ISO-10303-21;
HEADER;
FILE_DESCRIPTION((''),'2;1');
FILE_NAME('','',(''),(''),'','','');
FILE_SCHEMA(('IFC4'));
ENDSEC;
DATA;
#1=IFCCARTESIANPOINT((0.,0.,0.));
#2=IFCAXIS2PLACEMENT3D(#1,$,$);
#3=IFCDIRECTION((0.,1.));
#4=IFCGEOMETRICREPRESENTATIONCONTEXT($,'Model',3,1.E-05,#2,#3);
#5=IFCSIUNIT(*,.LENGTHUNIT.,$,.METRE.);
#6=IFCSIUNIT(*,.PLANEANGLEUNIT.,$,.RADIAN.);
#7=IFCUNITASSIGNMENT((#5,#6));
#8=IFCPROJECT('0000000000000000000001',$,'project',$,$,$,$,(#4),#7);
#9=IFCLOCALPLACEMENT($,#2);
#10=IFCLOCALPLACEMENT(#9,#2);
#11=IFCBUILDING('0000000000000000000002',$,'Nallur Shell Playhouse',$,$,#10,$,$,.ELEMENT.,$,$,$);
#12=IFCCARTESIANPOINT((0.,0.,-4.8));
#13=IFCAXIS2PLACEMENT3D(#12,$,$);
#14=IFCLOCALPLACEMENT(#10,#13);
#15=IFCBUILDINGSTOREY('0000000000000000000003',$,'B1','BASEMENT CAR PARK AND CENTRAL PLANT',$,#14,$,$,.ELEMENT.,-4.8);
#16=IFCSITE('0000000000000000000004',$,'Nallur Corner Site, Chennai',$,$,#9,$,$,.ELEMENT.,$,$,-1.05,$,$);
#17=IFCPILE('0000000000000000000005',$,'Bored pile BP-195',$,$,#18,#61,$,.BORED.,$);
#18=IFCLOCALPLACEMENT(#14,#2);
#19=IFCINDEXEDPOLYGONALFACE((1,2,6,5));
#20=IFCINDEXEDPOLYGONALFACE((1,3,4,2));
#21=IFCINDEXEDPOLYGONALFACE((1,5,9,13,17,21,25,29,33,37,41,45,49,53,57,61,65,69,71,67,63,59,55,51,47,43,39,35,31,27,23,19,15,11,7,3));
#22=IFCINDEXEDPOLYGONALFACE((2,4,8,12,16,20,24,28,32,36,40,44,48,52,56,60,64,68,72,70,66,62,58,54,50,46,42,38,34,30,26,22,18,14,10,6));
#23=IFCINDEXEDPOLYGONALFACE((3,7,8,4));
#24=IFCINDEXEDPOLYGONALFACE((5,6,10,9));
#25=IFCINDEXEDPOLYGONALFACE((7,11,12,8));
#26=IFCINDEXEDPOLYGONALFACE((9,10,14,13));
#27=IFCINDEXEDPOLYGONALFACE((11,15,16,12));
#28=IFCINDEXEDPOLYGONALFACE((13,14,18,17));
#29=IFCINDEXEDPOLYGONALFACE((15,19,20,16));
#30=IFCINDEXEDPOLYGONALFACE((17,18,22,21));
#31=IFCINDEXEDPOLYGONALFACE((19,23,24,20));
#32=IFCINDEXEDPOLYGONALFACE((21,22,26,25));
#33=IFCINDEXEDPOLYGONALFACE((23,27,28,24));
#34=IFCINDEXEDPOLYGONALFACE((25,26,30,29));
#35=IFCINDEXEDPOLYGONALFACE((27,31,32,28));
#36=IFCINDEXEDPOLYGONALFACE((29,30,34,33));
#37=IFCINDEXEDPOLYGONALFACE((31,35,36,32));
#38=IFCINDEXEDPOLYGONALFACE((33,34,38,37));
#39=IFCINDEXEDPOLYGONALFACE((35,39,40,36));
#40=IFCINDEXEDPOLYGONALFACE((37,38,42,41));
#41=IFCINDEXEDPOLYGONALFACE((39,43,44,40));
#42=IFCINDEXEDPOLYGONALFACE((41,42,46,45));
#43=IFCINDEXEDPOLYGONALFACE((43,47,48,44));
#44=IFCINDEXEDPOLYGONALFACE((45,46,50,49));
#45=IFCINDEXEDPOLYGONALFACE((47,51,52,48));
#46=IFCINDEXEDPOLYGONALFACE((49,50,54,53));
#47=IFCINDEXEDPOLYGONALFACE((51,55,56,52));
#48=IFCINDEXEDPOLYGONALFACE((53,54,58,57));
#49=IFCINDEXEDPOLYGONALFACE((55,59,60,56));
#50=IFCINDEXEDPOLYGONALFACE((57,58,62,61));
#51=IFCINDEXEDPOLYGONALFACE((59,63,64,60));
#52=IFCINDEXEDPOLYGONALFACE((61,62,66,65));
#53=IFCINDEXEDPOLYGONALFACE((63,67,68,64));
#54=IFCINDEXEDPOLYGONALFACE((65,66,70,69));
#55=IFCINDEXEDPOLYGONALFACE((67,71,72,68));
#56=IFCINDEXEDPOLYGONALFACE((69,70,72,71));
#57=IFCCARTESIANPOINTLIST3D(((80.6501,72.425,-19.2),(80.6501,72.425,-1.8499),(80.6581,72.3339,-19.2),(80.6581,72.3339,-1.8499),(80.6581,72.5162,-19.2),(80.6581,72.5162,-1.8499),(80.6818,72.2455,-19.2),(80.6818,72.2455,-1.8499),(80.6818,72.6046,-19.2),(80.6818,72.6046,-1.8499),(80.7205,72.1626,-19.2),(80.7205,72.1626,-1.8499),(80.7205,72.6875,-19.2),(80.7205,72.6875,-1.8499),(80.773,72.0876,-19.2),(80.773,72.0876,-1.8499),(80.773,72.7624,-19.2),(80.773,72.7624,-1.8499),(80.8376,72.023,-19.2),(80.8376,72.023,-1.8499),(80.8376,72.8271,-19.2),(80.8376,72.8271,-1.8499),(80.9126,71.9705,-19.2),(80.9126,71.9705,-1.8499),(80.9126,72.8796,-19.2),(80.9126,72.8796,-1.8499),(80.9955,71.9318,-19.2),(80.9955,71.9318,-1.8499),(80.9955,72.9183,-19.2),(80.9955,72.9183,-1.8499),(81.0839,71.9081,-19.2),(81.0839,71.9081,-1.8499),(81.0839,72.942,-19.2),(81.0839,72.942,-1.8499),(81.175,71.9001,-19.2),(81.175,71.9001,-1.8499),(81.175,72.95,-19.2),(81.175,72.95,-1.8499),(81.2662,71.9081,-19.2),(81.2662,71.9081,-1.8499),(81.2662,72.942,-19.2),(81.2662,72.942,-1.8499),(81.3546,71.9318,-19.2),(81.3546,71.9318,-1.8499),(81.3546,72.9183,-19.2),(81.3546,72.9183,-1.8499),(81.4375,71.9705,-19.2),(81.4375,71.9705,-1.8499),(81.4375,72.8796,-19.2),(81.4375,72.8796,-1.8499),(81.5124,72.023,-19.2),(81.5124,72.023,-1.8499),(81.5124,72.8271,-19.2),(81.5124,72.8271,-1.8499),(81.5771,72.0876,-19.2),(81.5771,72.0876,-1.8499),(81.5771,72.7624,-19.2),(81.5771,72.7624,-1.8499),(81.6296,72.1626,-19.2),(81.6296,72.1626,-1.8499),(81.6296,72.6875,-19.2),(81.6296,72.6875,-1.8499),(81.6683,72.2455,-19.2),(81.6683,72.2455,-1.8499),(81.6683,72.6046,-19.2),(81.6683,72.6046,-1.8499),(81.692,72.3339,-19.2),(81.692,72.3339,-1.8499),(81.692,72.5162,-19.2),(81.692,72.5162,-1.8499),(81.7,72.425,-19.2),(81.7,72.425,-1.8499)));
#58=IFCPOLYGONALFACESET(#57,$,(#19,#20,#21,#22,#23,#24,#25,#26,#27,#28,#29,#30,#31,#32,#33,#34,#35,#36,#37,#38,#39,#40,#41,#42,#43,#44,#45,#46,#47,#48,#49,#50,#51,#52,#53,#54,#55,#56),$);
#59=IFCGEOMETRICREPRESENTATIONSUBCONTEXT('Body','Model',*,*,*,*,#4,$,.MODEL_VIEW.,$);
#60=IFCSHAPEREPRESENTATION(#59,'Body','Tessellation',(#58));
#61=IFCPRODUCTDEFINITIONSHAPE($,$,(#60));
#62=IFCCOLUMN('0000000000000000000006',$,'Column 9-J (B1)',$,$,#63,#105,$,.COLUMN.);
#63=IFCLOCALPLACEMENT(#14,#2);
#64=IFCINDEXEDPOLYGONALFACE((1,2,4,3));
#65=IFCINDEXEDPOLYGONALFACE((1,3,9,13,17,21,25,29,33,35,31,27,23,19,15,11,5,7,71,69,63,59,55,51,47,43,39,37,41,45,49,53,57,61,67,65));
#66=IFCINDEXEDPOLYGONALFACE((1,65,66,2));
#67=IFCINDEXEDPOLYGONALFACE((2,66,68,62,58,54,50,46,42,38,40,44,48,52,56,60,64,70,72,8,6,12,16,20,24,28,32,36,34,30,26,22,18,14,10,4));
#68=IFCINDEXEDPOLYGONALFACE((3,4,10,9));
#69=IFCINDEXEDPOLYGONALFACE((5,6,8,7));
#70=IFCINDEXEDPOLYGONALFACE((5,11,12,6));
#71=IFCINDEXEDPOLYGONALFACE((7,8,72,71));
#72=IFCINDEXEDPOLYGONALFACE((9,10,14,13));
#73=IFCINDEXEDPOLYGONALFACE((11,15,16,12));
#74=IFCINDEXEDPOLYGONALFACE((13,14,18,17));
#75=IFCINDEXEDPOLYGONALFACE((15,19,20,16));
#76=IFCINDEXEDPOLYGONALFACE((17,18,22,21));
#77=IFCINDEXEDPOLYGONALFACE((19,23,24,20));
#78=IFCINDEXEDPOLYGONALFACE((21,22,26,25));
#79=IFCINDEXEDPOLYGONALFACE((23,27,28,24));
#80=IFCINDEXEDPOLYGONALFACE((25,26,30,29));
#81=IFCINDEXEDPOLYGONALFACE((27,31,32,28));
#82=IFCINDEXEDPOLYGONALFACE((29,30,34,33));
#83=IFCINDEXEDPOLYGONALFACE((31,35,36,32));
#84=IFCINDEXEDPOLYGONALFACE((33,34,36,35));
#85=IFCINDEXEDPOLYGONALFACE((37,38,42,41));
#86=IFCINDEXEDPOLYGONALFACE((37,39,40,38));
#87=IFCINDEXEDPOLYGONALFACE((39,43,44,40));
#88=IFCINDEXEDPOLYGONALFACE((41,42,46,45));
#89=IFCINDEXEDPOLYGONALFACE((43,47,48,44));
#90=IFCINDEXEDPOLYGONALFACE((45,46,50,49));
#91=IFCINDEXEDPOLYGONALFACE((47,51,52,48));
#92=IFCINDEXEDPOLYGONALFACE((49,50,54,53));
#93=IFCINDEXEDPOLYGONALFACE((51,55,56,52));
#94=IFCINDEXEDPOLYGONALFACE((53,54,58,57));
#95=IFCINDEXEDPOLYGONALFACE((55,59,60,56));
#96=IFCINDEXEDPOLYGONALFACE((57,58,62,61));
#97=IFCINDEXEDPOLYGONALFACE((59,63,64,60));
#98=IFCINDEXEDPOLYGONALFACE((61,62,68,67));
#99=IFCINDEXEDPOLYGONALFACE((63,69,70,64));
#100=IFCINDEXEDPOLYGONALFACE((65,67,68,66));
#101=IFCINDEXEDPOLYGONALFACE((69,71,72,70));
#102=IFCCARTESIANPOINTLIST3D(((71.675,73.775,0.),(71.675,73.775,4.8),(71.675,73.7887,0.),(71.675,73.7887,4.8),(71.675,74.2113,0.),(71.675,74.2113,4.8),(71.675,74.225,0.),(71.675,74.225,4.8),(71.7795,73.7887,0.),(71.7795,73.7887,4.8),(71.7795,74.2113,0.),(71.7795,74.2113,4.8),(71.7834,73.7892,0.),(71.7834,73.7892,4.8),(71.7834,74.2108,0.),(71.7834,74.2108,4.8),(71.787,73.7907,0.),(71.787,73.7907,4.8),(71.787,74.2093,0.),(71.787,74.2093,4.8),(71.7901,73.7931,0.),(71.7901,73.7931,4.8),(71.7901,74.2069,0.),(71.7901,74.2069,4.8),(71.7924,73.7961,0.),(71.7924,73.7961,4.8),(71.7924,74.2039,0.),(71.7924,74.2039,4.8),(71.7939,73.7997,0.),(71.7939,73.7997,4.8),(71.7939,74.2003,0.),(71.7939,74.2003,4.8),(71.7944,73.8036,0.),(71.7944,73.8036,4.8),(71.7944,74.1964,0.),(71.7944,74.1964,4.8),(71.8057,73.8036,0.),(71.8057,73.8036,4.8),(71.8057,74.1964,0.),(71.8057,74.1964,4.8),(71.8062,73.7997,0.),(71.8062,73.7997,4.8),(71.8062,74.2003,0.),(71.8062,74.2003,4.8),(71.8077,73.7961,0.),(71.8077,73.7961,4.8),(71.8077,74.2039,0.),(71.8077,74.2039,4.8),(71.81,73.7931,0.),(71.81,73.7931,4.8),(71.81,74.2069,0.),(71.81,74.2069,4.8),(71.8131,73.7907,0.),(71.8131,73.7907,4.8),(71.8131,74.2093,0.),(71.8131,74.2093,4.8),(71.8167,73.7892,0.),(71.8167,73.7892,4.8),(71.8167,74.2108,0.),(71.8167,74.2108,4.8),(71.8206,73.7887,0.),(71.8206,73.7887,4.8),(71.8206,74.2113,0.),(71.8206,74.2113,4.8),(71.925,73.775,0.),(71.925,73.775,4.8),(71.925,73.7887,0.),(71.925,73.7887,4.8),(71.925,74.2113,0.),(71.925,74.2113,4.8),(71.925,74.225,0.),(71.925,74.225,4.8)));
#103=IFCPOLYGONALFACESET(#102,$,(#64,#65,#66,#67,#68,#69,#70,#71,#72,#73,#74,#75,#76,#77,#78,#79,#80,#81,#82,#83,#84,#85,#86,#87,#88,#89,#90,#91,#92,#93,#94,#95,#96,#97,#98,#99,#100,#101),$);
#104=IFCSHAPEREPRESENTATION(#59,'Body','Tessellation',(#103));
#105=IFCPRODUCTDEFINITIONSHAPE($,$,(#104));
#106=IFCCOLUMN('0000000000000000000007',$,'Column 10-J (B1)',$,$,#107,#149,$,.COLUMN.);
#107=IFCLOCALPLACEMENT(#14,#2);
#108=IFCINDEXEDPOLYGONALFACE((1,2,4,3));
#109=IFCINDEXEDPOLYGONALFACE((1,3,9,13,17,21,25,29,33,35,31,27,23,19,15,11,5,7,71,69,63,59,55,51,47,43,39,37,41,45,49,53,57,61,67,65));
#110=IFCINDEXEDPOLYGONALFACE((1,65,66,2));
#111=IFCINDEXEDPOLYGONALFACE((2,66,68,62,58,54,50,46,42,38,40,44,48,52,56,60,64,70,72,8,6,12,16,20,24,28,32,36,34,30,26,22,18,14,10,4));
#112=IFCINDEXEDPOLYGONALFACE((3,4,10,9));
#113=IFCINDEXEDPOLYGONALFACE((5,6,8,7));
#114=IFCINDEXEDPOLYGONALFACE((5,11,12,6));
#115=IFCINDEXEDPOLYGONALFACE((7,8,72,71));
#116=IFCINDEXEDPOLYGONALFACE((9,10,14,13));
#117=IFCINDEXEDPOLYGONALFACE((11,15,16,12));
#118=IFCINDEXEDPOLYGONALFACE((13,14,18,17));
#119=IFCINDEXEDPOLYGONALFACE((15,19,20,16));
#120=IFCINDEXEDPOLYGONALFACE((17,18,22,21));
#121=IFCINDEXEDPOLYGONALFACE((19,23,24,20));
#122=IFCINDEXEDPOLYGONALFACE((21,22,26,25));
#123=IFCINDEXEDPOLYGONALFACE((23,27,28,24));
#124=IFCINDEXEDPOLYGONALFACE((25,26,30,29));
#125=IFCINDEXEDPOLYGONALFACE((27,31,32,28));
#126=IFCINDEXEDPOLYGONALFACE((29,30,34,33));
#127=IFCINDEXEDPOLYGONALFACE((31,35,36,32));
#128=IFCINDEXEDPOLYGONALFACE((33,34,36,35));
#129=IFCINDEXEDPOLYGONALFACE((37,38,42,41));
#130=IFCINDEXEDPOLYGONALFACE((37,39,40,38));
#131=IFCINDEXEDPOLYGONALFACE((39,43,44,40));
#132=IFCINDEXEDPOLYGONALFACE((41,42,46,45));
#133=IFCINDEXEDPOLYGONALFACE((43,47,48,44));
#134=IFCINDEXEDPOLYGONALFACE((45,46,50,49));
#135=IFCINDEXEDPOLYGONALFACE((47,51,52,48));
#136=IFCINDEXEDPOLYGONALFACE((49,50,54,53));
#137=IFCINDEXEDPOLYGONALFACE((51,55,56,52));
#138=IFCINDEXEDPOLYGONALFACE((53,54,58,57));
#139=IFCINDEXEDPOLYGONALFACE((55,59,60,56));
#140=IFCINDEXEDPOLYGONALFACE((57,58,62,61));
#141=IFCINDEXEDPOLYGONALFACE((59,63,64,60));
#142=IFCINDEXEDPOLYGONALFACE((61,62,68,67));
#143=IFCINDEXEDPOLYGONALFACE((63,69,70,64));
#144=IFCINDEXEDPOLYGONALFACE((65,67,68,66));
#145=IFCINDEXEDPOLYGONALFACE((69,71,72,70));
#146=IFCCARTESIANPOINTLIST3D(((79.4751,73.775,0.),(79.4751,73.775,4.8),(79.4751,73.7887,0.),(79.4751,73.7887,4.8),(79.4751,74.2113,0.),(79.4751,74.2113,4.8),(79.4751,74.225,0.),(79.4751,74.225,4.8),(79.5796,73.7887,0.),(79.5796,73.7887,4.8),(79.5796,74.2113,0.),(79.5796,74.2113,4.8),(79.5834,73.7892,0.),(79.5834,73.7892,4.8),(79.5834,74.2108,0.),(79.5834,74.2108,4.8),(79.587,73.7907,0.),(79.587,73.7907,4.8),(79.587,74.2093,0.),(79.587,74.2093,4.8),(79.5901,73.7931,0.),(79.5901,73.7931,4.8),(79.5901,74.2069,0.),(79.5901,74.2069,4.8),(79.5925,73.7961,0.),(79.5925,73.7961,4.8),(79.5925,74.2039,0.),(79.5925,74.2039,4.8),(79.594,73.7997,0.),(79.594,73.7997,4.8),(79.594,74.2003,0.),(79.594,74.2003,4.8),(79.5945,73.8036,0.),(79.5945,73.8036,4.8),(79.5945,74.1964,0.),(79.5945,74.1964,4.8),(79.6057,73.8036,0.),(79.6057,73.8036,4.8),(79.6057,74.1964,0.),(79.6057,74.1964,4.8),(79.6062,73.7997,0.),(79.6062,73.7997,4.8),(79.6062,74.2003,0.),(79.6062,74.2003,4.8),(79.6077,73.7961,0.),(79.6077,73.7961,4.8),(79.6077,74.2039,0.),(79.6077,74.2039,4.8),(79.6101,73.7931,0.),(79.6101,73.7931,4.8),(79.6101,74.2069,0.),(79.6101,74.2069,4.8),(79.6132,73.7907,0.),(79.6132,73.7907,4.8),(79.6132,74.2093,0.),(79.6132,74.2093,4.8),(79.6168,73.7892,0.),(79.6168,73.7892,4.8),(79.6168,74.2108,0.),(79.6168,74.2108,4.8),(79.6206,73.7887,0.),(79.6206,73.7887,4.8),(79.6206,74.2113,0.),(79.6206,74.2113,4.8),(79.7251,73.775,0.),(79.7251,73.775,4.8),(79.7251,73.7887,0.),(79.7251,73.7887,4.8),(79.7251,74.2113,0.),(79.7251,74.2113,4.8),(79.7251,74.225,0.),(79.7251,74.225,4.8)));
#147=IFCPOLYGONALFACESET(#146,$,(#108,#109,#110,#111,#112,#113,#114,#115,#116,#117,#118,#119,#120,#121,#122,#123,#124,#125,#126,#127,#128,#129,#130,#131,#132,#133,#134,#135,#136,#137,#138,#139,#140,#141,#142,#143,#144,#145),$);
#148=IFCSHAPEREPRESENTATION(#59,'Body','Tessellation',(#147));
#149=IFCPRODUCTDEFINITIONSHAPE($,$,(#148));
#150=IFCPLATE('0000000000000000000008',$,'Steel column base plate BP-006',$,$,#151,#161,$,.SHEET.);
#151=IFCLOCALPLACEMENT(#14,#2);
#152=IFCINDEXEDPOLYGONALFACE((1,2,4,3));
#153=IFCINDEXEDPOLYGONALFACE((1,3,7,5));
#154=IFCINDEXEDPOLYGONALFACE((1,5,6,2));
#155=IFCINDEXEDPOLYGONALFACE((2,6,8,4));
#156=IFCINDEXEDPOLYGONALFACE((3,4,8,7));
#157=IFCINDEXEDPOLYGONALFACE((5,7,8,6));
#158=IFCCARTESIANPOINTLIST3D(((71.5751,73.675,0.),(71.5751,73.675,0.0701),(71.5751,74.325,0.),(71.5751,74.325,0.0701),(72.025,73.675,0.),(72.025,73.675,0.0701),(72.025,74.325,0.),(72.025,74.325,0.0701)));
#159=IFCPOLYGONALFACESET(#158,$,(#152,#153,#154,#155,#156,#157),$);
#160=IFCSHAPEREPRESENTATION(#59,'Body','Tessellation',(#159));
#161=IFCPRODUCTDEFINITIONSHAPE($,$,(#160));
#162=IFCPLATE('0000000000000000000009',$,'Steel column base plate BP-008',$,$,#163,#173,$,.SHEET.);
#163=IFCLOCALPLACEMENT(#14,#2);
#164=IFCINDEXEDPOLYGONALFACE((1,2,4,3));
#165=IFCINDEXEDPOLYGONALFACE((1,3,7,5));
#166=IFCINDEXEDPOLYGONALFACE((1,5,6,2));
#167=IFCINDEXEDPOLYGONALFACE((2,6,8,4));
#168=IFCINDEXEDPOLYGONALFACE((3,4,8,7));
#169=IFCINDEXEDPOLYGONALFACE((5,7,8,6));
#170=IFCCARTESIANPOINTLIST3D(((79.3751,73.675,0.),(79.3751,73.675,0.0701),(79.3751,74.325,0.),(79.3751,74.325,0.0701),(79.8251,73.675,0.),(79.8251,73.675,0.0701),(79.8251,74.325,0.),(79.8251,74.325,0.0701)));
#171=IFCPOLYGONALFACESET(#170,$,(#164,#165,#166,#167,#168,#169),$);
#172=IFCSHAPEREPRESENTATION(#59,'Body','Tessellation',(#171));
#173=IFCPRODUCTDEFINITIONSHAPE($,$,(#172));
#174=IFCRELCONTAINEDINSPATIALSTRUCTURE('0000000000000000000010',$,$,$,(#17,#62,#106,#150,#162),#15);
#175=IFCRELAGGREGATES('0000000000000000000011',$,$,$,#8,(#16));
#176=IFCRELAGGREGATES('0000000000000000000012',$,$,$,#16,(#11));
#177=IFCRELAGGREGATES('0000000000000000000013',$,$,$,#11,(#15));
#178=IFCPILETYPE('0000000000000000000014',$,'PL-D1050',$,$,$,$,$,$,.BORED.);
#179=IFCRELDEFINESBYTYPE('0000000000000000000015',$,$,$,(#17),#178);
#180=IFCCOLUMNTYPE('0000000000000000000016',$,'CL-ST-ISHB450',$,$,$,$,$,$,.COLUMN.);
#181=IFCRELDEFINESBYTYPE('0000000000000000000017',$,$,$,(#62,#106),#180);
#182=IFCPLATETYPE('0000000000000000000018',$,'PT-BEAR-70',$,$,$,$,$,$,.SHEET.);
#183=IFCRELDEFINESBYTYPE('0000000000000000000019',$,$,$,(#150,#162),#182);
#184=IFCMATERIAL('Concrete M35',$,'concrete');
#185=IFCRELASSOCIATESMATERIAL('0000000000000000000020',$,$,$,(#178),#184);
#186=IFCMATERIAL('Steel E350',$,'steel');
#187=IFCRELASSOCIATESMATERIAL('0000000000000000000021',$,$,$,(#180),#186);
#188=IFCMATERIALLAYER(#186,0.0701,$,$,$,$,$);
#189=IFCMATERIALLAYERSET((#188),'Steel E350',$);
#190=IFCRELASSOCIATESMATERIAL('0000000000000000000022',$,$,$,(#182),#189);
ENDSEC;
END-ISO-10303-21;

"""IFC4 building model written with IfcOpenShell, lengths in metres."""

from ifc_helpers import new_model, si_unit, direction, frame, origin, origin_2d, place, context, subcontext, project, spatial, rectangle, circle, i_section, extrude, material, layer, layer_set, material_profile, profile_set, type_object, element, save


model = new_model("IFC4")

# Units and contexts
model_context = context("Model", 3, precision=1e-05, world=origin(), true_north=direction((0.0, 1.0)))
body_context = subcontext(model_context, "Body", "Model", "MODEL_VIEW")
ifc_project = project(units=[si_unit("LENGTHUNIT", "METRE"), si_unit("PLANEANGLEUNIT", "RADIAN")], contexts=[model_context])

# Site, building, storey
site_placement = place(None, origin())
site = spatial("IfcSite", under=ifc_project, at=site_placement, Name="Nallur Corner Site, Chennai", CompositionType="ELEMENT", RefElevation=-1.05)
building_placement = place(site_placement, origin())
building = spatial("IfcBuilding", under=site, at=building_placement, Name="Nallur Shell Playhouse", CompositionType="ELEMENT")
storey_placement = place(building_placement, frame((0.0, 0.0, -4.8)))
storey = spatial("IfcBuildingStorey", under=building, at=storey_placement, Name="B1", Description="BASEMENT CAR PARK AND CENTRAL PLANT", CompositionType="ELEMENT", Elevation=-4.8)

# Shared definitions
ifc_material_1 = material(Name="Concrete M35", Category="concrete")

# Pile
ifc_material_profile_1 = material_profile(ifc_material_1, circle(Radius=0.5249, at=origin_2d()), Name="BORED PILE D1050")
ifc_profile_set_1 = profile_set([ifc_material_profile_1], Name="Concrete M35")
pile_type = type_object("IfcPileType", Name="PL-D1050", PredefinedType="BORED", material=ifc_profile_set_1)
for number, where, z_axis, x_axis, name in (
    (1, (81.175, 72.425, -1.8499), (0.0, 0.0, -1.0), (1.0, 0.0, 0.0), "Bored pile BP-195"),
):
    element("IfcPile", number, at=place(storey_placement, frame(where, z_axis=z_axis, x_axis=x_axis)), inside=storey, type_object=pile_type, Name=name, PredefinedType="BORED", context=body_context, shape_type="SweptSolid", body=[
        extrude(circle(Radius=0.5249, at=origin_2d()), origin(), (0.0, 0.0, 1.0), 17.3501),
    ])

# Columns
ifc_material_2 = material(Name="Steel E350", Category="steel")
ifc_material_profile_2 = material_profile(ifc_material_2, i_section(OverallWidth=0.25, OverallDepth=0.45, WebThickness=0.0112, FlangeThickness=0.0137, FilletRadius=0.0149, at=origin_2d()), Name="ISHB 450")
ifc_profile_set_2 = profile_set([ifc_material_profile_2], Name="Steel E350")
column_type = type_object("IfcColumnType", Name="CL-ST-ISHB450", PredefinedType="COLUMN", material=ifc_profile_set_2)
for number, where, z_axis, x_axis, name in (
    (2, (71.8, 74.0, 0.0), (0.0, 0.0, 1.0), (1.0, 0.0, 0.0), "Column 9-J (B1)"),
    (3, (79.6001, 74.0, 0.0), (0.0, 0.0, 1.0), (1.0, 0.0, 0.0), "Column 10-J (B1)"),
):
    element("IfcColumn", number, at=place(storey_placement, frame(where, z_axis=z_axis, x_axis=x_axis)), inside=storey, type_object=column_type, Name=name, PredefinedType="COLUMN", context=body_context, shape_type="SweptSolid", body=[
        extrude(i_section(OverallWidth=0.25, OverallDepth=0.45, WebThickness=0.0112, FlangeThickness=0.0137, FilletRadius=0.0149, at=origin_2d()), origin(), (0.0, 0.0, 1.0), 4.8),
    ])

# Plates
ifc_layer = layer(ifc_material_2, 0.0701)
ifc_layer_set = layer_set([ifc_layer], Name="Steel E350")
plate_type = type_object("IfcPlateType", Name="PT-BEAR-70", PredefinedType="SHEET", material=ifc_layer_set)
for number, where, z_axis, x_axis, name in (
    (4, (71.8, 74.0, 0.0), (0.0, 0.0, 1.0), (1.0, 0.0, 0.0), "Steel column base plate BP-006"),
    (5, (79.6001, 74.0, 0.0), (0.0, 0.0, 1.0), (1.0, 0.0, 0.0), "Steel column base plate BP-008"),
):
    element("IfcPlate", number, at=place(storey_placement, frame(where, z_axis=z_axis, x_axis=x_axis)), inside=storey, type_object=plate_type, Name=name, PredefinedType="SHEET", context=body_context, shape_type="SweptSolid", body=[
        extrude(rectangle(XDim=0.45, YDim=0.6499, at=origin_2d()), origin(), (0.0, 0.0, 1.0), 0.0701),
    ])

save(model, "model.ifc")
